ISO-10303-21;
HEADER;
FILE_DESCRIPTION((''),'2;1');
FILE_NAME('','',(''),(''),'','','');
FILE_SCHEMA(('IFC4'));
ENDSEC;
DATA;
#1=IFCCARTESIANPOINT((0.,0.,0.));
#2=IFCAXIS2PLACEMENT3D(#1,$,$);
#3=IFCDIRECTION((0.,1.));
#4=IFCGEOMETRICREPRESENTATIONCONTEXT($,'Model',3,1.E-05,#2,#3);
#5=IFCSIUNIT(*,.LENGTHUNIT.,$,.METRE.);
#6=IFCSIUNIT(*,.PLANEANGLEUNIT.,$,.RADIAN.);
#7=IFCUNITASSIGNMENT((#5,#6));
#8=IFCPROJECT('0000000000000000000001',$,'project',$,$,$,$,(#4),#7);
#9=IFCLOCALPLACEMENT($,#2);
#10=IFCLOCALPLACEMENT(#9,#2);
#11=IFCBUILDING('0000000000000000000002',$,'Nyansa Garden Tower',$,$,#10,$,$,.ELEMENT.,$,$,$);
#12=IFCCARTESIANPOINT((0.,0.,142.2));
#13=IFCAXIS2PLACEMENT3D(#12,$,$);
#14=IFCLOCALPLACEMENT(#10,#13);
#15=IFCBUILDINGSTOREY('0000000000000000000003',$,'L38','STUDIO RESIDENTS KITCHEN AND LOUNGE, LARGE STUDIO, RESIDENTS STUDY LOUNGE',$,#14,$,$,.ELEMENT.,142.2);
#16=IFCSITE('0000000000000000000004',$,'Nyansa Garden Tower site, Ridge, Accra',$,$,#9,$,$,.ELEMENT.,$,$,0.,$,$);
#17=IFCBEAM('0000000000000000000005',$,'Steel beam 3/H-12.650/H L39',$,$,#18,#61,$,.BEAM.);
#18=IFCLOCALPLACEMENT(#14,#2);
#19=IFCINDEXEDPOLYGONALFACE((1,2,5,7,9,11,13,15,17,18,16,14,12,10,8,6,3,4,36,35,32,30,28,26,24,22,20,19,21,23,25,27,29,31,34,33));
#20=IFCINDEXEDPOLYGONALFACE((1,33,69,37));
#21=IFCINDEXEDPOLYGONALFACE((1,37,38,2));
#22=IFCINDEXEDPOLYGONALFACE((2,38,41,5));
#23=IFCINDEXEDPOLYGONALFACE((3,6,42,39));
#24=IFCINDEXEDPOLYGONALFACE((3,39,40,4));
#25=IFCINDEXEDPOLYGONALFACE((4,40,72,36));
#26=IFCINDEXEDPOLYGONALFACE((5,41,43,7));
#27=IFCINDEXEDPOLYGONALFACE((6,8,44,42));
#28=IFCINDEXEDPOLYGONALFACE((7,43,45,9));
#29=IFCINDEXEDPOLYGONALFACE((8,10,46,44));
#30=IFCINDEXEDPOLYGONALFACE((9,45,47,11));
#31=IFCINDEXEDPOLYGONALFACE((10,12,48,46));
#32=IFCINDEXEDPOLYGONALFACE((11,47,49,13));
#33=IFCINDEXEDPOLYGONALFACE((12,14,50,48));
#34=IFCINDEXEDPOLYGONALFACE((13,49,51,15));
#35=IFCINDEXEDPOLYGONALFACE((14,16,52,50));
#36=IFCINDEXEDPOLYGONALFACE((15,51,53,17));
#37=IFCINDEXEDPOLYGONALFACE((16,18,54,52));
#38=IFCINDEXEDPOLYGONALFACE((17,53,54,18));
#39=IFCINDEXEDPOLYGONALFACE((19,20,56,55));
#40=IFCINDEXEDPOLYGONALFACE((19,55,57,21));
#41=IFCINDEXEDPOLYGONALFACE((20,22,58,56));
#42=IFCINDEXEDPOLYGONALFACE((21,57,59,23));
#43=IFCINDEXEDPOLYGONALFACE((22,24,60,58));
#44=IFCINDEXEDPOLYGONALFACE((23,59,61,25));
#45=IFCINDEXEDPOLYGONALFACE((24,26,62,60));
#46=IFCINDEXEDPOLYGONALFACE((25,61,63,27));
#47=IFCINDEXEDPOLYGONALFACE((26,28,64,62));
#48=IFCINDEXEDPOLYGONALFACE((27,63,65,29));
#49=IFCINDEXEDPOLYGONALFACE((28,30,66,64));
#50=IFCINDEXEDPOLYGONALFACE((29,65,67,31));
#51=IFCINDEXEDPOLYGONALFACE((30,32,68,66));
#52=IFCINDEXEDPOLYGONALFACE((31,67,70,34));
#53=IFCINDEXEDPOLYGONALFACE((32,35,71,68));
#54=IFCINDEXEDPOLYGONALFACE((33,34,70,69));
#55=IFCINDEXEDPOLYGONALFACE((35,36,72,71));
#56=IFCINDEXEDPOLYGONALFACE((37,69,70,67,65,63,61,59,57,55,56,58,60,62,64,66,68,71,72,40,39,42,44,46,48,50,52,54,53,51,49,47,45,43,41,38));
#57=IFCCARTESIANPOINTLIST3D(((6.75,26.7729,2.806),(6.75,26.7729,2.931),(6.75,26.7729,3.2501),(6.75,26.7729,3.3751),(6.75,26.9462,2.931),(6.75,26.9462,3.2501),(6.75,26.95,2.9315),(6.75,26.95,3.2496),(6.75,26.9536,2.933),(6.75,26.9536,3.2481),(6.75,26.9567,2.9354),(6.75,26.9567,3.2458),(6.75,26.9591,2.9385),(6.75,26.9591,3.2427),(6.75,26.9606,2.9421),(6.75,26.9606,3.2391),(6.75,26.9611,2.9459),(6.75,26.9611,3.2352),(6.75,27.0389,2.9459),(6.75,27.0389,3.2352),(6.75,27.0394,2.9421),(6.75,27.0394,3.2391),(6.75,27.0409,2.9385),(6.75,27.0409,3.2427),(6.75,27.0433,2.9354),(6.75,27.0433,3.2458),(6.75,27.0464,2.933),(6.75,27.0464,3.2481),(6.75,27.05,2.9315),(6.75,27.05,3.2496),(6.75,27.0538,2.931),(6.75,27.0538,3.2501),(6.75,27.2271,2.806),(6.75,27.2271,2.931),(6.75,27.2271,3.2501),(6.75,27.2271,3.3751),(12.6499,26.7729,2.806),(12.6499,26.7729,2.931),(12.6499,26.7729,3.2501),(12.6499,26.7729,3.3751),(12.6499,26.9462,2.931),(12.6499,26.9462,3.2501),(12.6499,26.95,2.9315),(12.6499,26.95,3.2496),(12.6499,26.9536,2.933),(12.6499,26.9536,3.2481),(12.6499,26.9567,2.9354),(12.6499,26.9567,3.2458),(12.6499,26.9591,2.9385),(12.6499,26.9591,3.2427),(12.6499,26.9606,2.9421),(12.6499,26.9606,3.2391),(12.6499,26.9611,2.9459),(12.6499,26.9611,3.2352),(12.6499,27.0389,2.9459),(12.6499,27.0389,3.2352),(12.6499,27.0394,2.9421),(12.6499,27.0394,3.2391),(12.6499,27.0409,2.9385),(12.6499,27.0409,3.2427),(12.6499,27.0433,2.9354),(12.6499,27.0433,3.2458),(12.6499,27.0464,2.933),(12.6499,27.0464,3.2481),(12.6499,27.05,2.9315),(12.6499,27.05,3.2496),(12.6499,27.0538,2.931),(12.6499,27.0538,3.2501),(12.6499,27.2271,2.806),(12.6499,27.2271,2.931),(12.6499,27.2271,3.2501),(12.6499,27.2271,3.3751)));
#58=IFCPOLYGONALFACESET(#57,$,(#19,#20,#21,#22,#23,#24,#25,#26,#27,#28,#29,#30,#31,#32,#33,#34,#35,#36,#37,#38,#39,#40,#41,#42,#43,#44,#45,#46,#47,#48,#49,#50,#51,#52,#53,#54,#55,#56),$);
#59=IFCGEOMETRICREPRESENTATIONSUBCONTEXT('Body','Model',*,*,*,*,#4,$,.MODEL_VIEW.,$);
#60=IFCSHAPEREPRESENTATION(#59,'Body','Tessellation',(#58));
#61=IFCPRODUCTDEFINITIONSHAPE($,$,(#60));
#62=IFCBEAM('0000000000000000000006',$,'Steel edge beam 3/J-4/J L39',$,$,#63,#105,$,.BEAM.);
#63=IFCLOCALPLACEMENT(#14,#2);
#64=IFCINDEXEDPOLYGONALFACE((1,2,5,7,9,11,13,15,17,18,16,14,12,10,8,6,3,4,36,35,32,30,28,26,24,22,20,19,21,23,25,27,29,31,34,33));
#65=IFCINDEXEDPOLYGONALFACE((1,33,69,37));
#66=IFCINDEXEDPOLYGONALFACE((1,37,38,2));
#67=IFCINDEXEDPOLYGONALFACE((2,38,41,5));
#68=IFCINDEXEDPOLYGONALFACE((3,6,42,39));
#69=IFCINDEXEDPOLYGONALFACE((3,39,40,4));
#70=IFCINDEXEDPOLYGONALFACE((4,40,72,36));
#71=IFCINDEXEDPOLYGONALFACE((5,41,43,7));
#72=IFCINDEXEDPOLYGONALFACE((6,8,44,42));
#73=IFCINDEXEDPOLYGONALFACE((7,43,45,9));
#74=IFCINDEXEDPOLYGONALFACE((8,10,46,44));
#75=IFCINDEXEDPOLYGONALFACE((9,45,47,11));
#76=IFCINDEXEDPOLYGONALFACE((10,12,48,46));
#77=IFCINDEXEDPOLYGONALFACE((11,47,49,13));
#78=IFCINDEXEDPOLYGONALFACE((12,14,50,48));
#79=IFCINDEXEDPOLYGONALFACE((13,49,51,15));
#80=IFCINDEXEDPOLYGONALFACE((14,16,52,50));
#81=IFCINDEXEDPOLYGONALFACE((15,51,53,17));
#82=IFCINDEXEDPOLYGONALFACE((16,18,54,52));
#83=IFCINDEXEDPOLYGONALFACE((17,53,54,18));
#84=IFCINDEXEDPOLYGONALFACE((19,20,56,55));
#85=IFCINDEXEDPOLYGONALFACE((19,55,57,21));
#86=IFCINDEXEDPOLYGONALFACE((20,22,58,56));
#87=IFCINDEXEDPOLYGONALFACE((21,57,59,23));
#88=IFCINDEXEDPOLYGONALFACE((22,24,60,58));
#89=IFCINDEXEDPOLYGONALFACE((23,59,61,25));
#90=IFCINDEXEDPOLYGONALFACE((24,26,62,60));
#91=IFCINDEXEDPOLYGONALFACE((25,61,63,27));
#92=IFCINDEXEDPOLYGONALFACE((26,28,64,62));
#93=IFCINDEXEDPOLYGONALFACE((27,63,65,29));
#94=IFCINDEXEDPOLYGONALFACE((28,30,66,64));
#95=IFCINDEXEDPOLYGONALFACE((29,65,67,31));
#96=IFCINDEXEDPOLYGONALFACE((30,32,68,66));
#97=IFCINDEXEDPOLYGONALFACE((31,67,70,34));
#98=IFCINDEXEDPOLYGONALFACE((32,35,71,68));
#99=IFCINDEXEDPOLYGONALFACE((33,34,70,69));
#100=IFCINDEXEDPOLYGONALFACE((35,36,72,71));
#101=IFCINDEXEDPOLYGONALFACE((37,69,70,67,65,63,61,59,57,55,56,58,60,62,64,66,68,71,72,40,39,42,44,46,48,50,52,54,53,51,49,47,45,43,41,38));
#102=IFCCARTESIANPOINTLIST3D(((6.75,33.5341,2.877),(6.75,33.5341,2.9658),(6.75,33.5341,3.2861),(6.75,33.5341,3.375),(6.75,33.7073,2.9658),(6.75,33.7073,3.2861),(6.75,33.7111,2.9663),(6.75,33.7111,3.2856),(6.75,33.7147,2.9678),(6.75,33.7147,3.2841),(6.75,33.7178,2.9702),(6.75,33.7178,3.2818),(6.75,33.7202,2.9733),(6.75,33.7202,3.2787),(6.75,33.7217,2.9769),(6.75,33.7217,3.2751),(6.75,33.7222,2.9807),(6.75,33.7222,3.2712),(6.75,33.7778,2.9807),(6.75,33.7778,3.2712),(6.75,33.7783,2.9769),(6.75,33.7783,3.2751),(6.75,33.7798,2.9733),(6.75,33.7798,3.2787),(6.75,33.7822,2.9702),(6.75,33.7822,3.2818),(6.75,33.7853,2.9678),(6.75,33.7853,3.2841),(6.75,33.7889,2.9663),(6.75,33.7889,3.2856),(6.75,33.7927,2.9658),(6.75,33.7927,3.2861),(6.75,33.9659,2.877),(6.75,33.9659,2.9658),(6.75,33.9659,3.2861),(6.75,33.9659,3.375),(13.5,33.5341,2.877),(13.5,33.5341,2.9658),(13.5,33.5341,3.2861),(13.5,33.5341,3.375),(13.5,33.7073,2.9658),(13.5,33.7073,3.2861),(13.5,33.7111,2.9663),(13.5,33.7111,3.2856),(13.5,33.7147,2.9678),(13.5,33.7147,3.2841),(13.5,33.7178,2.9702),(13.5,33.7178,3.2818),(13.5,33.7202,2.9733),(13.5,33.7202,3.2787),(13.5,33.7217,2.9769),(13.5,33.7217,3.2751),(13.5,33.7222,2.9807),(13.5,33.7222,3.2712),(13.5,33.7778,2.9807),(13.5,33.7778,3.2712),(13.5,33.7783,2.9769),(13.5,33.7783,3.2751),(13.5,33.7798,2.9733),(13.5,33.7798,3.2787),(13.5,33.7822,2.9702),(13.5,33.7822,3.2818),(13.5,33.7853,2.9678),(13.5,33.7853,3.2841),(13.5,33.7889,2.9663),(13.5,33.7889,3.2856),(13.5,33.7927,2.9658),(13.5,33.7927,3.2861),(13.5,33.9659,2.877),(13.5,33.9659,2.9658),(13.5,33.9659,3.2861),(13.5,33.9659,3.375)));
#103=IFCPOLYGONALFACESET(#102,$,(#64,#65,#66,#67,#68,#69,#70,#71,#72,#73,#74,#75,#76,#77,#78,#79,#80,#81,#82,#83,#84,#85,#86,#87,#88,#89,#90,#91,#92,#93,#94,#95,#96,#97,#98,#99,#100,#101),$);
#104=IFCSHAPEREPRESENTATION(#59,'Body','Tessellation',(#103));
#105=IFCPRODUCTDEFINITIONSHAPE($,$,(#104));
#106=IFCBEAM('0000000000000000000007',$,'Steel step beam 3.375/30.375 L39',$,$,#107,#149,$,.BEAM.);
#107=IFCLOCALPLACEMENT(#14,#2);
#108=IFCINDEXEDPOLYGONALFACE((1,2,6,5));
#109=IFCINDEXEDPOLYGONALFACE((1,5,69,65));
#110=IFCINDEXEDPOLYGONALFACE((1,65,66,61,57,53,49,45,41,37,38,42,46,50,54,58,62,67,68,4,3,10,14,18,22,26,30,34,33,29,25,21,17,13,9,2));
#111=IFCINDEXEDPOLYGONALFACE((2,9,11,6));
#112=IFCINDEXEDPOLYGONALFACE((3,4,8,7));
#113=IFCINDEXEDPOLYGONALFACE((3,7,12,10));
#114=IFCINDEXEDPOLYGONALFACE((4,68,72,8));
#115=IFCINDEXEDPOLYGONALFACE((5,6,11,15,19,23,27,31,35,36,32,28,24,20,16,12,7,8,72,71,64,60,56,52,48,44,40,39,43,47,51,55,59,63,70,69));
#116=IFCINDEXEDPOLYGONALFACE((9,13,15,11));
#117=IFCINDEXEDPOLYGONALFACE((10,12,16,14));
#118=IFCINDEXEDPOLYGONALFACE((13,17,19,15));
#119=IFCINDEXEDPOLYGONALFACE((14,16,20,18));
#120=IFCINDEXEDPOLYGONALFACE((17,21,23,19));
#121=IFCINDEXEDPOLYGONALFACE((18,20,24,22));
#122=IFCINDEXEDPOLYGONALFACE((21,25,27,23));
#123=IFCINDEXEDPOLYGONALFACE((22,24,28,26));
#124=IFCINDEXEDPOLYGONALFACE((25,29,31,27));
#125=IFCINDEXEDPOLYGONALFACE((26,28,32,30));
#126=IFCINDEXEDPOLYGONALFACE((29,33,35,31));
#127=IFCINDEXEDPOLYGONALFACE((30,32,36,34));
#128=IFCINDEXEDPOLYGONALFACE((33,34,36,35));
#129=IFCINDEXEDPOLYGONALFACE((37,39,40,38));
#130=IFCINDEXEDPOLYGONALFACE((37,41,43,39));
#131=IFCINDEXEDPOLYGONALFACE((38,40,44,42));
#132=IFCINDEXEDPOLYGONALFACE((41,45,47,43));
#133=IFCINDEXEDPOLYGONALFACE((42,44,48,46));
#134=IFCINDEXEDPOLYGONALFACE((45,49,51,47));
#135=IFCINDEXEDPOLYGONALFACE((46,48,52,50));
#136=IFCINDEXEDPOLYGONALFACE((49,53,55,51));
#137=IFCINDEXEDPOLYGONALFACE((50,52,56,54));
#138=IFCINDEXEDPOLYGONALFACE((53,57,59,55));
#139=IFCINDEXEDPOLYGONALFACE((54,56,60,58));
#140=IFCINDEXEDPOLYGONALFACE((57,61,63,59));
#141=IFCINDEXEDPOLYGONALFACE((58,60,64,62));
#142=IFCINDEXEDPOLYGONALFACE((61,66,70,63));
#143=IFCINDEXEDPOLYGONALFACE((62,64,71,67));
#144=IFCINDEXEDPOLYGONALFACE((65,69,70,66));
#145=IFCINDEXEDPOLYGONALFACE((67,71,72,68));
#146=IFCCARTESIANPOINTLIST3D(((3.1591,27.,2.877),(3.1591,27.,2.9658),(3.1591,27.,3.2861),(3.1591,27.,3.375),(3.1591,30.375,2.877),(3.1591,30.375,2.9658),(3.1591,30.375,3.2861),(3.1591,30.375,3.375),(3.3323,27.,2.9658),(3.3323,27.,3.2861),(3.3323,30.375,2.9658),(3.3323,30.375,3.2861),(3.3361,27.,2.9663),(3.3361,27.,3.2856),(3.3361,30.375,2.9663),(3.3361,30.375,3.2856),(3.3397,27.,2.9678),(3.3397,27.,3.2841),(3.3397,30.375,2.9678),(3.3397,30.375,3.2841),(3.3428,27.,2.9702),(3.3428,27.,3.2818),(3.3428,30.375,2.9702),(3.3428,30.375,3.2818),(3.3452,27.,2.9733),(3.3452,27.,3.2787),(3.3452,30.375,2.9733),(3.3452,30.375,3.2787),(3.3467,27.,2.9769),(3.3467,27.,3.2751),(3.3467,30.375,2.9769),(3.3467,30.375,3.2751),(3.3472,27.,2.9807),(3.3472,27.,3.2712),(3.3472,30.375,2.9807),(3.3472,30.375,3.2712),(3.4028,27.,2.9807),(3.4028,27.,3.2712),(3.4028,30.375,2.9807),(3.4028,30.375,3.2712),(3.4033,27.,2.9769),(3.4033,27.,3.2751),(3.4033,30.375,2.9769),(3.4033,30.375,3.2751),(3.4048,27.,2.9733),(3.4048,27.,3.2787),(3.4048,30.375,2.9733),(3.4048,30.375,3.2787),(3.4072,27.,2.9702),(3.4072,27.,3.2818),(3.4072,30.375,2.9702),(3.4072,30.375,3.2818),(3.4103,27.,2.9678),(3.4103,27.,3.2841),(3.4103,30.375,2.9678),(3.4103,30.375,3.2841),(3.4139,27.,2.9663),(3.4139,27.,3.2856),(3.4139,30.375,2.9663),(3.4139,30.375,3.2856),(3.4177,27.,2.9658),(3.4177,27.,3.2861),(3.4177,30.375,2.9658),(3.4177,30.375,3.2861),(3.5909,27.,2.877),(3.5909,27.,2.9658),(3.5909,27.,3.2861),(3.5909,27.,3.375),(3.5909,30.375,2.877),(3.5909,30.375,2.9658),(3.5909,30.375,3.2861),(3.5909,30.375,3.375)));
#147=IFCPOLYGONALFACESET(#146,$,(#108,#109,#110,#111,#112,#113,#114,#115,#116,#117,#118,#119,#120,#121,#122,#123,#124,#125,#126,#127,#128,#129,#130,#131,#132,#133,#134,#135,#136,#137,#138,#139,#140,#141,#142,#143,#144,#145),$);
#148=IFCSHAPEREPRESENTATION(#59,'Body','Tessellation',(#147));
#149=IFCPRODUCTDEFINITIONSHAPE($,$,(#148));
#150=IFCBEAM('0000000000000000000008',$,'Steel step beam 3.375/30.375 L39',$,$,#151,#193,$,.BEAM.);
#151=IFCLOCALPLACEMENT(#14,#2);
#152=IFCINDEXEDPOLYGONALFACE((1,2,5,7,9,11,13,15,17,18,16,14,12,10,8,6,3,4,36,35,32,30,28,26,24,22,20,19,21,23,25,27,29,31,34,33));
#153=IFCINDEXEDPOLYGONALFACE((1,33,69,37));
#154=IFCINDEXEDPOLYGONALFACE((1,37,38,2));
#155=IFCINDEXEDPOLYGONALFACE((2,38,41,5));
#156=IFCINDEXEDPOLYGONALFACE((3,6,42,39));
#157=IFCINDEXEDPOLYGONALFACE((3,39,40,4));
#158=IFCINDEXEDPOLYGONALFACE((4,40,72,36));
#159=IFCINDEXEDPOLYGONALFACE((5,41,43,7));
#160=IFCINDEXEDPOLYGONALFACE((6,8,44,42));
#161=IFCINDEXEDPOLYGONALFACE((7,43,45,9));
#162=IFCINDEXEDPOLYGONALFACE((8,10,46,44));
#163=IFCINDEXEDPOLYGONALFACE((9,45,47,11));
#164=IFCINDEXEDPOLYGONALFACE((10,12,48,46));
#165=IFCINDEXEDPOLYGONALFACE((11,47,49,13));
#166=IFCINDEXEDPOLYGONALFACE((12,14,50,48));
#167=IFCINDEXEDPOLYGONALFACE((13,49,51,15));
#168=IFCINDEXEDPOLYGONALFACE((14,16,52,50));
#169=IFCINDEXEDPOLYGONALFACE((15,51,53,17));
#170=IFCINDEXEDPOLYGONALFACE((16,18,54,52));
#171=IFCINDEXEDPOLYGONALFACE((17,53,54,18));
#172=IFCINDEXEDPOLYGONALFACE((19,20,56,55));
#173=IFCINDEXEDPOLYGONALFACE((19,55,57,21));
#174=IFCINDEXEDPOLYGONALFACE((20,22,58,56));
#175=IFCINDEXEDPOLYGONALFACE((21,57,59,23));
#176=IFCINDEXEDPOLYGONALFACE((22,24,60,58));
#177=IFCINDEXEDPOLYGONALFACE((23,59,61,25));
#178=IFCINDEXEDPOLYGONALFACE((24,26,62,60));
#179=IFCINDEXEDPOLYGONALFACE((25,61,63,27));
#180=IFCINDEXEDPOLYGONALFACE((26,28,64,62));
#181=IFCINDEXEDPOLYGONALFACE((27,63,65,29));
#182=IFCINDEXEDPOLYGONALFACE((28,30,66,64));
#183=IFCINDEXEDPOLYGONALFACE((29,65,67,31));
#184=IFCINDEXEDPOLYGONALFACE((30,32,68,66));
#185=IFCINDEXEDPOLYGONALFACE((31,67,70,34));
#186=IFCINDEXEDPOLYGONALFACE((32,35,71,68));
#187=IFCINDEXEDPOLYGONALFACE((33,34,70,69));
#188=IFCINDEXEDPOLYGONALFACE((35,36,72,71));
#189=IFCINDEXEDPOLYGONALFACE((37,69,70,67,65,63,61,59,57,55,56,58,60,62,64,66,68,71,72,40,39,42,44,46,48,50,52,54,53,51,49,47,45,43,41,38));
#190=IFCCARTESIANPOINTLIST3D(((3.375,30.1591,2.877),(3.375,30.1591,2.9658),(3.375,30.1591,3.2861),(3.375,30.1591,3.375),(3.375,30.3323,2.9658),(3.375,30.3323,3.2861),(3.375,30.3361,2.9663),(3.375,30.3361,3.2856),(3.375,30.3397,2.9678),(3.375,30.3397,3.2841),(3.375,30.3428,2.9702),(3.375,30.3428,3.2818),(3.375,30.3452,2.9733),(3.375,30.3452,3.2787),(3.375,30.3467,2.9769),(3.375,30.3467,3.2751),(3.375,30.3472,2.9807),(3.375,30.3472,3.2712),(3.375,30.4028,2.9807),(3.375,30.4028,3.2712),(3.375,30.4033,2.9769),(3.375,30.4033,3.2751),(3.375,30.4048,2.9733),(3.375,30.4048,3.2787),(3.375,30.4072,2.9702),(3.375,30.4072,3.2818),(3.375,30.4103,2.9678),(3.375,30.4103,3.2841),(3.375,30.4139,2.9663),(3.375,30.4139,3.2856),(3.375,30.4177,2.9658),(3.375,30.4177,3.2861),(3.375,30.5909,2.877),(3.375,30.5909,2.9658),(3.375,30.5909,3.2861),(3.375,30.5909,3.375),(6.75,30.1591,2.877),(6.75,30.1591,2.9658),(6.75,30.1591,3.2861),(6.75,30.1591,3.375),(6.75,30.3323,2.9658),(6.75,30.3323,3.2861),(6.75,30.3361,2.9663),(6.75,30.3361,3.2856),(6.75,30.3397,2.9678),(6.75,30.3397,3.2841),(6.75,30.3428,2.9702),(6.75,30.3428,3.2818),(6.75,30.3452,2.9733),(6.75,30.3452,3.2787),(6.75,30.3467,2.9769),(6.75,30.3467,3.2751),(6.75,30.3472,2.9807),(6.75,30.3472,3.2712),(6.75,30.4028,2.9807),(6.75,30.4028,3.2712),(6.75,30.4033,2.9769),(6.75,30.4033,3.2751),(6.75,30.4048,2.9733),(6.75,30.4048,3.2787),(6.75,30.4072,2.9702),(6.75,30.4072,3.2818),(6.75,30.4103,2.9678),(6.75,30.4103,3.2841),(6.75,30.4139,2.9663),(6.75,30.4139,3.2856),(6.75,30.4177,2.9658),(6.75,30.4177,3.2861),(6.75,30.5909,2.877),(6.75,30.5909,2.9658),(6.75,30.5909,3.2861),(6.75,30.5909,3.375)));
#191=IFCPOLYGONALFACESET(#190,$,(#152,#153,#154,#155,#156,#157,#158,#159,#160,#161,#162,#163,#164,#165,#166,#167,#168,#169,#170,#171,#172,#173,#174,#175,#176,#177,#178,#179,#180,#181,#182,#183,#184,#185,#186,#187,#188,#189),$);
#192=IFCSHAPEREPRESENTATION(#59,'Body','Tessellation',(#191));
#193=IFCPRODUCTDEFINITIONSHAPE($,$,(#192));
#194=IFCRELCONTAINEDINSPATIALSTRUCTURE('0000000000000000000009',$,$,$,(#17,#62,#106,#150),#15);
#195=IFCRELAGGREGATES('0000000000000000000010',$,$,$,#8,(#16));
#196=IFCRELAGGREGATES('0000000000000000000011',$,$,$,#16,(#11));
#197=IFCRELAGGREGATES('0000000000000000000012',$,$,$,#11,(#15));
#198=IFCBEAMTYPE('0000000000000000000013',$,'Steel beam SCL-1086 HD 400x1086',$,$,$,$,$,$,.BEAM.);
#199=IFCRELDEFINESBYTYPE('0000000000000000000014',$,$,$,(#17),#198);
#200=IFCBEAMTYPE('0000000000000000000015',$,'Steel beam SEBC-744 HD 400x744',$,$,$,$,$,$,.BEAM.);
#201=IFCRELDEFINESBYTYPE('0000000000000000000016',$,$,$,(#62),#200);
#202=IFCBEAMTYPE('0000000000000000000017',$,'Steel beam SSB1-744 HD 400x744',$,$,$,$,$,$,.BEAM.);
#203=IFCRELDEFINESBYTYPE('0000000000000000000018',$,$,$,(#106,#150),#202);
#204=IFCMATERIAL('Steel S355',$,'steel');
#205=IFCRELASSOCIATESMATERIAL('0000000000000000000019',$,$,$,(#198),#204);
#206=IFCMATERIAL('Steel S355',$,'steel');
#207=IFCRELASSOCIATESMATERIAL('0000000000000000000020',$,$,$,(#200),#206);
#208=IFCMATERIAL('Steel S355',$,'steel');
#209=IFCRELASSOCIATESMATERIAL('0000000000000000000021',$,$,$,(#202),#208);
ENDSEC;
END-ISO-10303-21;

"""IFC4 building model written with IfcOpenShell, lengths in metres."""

from ifc_helpers import new_model, si_unit, direction, frame, origin, origin_2d, place, context, subcontext, project, spatial, i_section, extrude, material, material_profile, profile_set, type_object, element, save


model = new_model("IFC4")

# Units and contexts
model_context = context("Model", 3, precision=1e-05, world=origin(), true_north=direction((0.0, 1.0)))
body_context = subcontext(model_context, "Body", "Model", "MODEL_VIEW")
ifc_project = project(units=[si_unit("LENGTHUNIT", "METRE"), si_unit("PLANEANGLEUNIT", "RADIAN")], contexts=[model_context])

# Site, building, storey
site_placement = place(None, origin())
site = spatial("IfcSite", under=ifc_project, at=site_placement, Name="Nyansa Garden Tower site, Ridge, Accra", CompositionType="ELEMENT", RefElevation=0.0)
building_placement = place(site_placement, origin())
building = spatial("IfcBuilding", under=site, at=building_placement, Name="Nyansa Garden Tower", CompositionType="ELEMENT")
storey_placement = place(building_placement, frame((0.0, 0.0, 142.2)))
storey = spatial("IfcBuildingStorey", under=building, at=storey_placement, Name="L38", Description="STUDIO RESIDENTS KITCHEN AND LOUNGE, LARGE STUDIO, RESIDENTS STUDY LOUNGE", CompositionType="ELEMENT", Elevation=142.2)

# Beams
ifc_material_1 = material(Name="Steel S355", Category="steel")
ifc_material_profile_1 = material_profile(ifc_material_1, i_section(OverallWidth=0.4541, OverallDepth=0.5691, WebThickness=0.0779, FlangeThickness=0.125, FilletRadius=0.0149, at=origin_2d()), Name="HD 400x1086")
ifc_profile_set_1 = profile_set([ifc_material_profile_1], Name="Steel S355")
beam_type_1 = type_object("IfcBeamType", Name="Steel beam SCL-1086 HD 400x1086", PredefinedType="BEAM", material=ifc_profile_set_1)
beam_1_placement = place(storey_placement, frame((6.75, 27.0, 3.0906), z_axis=(1.0, 0.0, 0.0), x_axis=(0.0, 1.0, 0.0)))
element("IfcBeam", 1, at=beam_1_placement, inside=storey, type_object=beam_type_1, Name="Steel beam 3/H-12.650/H L39", PredefinedType="BEAM", context=body_context, shape_type="SweptSolid", body=[
    extrude(i_section(OverallWidth=0.4541, OverallDepth=0.5691, WebThickness=0.0779, FlangeThickness=0.125, FilletRadius=0.0149, at=origin_2d()), origin(), (0.0, 0.0, 1.0), 5.8999),
])
ifc_material_2 = material(Name="Steel S355", Category="steel")
ifc_material_profile_2 = material_profile(ifc_material_2, i_section(OverallWidth=0.4319, OverallDepth=0.498, WebThickness=0.0557, FlangeThickness=0.0889, FilletRadius=0.0149, at=origin_2d()), Name="HD 400x744")
ifc_profile_set_2 = profile_set([ifc_material_profile_2], Name="Steel S355")
beam_type_2 = type_object("IfcBeamType", Name="Steel beam SEBC-744 HD 400x744", PredefinedType="BEAM", material=ifc_profile_set_2)
beam_2_placement = place(storey_placement, frame((6.75, 33.75, 3.126), z_axis=(1.0, 0.0, 0.0), x_axis=(0.0, 1.0, 0.0)))
element("IfcBeam", 2, at=beam_2_placement, inside=storey, type_object=beam_type_2, Name="Steel edge beam 3/J-4/J L39", PredefinedType="BEAM", context=body_context, shape_type="SweptSolid", body=[
    extrude(i_section(OverallWidth=0.4319, OverallDepth=0.498, WebThickness=0.0557, FlangeThickness=0.0889, FilletRadius=0.0149, at=origin_2d()), origin(), (0.0, 0.0, 1.0), 6.75),
])
ifc_material_3 = material(Name="Steel S355", Category="steel")
ifc_material_profile_3 = material_profile(ifc_material_3, i_section(OverallWidth=0.4319, OverallDepth=0.498, WebThickness=0.0557, FlangeThickness=0.0889, FilletRadius=0.0149, at=origin_2d()), Name="HD 400x744")
ifc_profile_set_3 = profile_set([ifc_material_profile_3], Name="Steel S355")
beam_type_3 = type_object("IfcBeamType", Name="Steel beam SSB1-744 HD 400x744", PredefinedType="BEAM", material=ifc_profile_set_3)
for number, where, z_axis, x_axis, name in (
    (3, (3.375, 30.375, 3.126), (0.0, -1.0, 0.0), (1.0, 0.0, 0.0), "Steel step beam 3.375/30.375 L39"),
    (4, (3.375, 30.375, 3.126), (1.0, 0.0, 0.0), (0.0, 1.0, 0.0), "Steel step beam 3.375/30.375 L39"),
):
    element("IfcBeam", number, at=place(storey_placement, frame(where, z_axis=z_axis, x_axis=x_axis)), inside=storey, type_object=beam_type_3, Name=name, PredefinedType="BEAM", context=body_context, shape_type="SweptSolid", body=[
        extrude(i_section(OverallWidth=0.4319, OverallDepth=0.498, WebThickness=0.0557, FlangeThickness=0.0889, FilletRadius=0.0149, at=origin_2d()), origin(), (0.0, 0.0, 1.0), 3.375),
    ])

save(model, "model.ifc")
